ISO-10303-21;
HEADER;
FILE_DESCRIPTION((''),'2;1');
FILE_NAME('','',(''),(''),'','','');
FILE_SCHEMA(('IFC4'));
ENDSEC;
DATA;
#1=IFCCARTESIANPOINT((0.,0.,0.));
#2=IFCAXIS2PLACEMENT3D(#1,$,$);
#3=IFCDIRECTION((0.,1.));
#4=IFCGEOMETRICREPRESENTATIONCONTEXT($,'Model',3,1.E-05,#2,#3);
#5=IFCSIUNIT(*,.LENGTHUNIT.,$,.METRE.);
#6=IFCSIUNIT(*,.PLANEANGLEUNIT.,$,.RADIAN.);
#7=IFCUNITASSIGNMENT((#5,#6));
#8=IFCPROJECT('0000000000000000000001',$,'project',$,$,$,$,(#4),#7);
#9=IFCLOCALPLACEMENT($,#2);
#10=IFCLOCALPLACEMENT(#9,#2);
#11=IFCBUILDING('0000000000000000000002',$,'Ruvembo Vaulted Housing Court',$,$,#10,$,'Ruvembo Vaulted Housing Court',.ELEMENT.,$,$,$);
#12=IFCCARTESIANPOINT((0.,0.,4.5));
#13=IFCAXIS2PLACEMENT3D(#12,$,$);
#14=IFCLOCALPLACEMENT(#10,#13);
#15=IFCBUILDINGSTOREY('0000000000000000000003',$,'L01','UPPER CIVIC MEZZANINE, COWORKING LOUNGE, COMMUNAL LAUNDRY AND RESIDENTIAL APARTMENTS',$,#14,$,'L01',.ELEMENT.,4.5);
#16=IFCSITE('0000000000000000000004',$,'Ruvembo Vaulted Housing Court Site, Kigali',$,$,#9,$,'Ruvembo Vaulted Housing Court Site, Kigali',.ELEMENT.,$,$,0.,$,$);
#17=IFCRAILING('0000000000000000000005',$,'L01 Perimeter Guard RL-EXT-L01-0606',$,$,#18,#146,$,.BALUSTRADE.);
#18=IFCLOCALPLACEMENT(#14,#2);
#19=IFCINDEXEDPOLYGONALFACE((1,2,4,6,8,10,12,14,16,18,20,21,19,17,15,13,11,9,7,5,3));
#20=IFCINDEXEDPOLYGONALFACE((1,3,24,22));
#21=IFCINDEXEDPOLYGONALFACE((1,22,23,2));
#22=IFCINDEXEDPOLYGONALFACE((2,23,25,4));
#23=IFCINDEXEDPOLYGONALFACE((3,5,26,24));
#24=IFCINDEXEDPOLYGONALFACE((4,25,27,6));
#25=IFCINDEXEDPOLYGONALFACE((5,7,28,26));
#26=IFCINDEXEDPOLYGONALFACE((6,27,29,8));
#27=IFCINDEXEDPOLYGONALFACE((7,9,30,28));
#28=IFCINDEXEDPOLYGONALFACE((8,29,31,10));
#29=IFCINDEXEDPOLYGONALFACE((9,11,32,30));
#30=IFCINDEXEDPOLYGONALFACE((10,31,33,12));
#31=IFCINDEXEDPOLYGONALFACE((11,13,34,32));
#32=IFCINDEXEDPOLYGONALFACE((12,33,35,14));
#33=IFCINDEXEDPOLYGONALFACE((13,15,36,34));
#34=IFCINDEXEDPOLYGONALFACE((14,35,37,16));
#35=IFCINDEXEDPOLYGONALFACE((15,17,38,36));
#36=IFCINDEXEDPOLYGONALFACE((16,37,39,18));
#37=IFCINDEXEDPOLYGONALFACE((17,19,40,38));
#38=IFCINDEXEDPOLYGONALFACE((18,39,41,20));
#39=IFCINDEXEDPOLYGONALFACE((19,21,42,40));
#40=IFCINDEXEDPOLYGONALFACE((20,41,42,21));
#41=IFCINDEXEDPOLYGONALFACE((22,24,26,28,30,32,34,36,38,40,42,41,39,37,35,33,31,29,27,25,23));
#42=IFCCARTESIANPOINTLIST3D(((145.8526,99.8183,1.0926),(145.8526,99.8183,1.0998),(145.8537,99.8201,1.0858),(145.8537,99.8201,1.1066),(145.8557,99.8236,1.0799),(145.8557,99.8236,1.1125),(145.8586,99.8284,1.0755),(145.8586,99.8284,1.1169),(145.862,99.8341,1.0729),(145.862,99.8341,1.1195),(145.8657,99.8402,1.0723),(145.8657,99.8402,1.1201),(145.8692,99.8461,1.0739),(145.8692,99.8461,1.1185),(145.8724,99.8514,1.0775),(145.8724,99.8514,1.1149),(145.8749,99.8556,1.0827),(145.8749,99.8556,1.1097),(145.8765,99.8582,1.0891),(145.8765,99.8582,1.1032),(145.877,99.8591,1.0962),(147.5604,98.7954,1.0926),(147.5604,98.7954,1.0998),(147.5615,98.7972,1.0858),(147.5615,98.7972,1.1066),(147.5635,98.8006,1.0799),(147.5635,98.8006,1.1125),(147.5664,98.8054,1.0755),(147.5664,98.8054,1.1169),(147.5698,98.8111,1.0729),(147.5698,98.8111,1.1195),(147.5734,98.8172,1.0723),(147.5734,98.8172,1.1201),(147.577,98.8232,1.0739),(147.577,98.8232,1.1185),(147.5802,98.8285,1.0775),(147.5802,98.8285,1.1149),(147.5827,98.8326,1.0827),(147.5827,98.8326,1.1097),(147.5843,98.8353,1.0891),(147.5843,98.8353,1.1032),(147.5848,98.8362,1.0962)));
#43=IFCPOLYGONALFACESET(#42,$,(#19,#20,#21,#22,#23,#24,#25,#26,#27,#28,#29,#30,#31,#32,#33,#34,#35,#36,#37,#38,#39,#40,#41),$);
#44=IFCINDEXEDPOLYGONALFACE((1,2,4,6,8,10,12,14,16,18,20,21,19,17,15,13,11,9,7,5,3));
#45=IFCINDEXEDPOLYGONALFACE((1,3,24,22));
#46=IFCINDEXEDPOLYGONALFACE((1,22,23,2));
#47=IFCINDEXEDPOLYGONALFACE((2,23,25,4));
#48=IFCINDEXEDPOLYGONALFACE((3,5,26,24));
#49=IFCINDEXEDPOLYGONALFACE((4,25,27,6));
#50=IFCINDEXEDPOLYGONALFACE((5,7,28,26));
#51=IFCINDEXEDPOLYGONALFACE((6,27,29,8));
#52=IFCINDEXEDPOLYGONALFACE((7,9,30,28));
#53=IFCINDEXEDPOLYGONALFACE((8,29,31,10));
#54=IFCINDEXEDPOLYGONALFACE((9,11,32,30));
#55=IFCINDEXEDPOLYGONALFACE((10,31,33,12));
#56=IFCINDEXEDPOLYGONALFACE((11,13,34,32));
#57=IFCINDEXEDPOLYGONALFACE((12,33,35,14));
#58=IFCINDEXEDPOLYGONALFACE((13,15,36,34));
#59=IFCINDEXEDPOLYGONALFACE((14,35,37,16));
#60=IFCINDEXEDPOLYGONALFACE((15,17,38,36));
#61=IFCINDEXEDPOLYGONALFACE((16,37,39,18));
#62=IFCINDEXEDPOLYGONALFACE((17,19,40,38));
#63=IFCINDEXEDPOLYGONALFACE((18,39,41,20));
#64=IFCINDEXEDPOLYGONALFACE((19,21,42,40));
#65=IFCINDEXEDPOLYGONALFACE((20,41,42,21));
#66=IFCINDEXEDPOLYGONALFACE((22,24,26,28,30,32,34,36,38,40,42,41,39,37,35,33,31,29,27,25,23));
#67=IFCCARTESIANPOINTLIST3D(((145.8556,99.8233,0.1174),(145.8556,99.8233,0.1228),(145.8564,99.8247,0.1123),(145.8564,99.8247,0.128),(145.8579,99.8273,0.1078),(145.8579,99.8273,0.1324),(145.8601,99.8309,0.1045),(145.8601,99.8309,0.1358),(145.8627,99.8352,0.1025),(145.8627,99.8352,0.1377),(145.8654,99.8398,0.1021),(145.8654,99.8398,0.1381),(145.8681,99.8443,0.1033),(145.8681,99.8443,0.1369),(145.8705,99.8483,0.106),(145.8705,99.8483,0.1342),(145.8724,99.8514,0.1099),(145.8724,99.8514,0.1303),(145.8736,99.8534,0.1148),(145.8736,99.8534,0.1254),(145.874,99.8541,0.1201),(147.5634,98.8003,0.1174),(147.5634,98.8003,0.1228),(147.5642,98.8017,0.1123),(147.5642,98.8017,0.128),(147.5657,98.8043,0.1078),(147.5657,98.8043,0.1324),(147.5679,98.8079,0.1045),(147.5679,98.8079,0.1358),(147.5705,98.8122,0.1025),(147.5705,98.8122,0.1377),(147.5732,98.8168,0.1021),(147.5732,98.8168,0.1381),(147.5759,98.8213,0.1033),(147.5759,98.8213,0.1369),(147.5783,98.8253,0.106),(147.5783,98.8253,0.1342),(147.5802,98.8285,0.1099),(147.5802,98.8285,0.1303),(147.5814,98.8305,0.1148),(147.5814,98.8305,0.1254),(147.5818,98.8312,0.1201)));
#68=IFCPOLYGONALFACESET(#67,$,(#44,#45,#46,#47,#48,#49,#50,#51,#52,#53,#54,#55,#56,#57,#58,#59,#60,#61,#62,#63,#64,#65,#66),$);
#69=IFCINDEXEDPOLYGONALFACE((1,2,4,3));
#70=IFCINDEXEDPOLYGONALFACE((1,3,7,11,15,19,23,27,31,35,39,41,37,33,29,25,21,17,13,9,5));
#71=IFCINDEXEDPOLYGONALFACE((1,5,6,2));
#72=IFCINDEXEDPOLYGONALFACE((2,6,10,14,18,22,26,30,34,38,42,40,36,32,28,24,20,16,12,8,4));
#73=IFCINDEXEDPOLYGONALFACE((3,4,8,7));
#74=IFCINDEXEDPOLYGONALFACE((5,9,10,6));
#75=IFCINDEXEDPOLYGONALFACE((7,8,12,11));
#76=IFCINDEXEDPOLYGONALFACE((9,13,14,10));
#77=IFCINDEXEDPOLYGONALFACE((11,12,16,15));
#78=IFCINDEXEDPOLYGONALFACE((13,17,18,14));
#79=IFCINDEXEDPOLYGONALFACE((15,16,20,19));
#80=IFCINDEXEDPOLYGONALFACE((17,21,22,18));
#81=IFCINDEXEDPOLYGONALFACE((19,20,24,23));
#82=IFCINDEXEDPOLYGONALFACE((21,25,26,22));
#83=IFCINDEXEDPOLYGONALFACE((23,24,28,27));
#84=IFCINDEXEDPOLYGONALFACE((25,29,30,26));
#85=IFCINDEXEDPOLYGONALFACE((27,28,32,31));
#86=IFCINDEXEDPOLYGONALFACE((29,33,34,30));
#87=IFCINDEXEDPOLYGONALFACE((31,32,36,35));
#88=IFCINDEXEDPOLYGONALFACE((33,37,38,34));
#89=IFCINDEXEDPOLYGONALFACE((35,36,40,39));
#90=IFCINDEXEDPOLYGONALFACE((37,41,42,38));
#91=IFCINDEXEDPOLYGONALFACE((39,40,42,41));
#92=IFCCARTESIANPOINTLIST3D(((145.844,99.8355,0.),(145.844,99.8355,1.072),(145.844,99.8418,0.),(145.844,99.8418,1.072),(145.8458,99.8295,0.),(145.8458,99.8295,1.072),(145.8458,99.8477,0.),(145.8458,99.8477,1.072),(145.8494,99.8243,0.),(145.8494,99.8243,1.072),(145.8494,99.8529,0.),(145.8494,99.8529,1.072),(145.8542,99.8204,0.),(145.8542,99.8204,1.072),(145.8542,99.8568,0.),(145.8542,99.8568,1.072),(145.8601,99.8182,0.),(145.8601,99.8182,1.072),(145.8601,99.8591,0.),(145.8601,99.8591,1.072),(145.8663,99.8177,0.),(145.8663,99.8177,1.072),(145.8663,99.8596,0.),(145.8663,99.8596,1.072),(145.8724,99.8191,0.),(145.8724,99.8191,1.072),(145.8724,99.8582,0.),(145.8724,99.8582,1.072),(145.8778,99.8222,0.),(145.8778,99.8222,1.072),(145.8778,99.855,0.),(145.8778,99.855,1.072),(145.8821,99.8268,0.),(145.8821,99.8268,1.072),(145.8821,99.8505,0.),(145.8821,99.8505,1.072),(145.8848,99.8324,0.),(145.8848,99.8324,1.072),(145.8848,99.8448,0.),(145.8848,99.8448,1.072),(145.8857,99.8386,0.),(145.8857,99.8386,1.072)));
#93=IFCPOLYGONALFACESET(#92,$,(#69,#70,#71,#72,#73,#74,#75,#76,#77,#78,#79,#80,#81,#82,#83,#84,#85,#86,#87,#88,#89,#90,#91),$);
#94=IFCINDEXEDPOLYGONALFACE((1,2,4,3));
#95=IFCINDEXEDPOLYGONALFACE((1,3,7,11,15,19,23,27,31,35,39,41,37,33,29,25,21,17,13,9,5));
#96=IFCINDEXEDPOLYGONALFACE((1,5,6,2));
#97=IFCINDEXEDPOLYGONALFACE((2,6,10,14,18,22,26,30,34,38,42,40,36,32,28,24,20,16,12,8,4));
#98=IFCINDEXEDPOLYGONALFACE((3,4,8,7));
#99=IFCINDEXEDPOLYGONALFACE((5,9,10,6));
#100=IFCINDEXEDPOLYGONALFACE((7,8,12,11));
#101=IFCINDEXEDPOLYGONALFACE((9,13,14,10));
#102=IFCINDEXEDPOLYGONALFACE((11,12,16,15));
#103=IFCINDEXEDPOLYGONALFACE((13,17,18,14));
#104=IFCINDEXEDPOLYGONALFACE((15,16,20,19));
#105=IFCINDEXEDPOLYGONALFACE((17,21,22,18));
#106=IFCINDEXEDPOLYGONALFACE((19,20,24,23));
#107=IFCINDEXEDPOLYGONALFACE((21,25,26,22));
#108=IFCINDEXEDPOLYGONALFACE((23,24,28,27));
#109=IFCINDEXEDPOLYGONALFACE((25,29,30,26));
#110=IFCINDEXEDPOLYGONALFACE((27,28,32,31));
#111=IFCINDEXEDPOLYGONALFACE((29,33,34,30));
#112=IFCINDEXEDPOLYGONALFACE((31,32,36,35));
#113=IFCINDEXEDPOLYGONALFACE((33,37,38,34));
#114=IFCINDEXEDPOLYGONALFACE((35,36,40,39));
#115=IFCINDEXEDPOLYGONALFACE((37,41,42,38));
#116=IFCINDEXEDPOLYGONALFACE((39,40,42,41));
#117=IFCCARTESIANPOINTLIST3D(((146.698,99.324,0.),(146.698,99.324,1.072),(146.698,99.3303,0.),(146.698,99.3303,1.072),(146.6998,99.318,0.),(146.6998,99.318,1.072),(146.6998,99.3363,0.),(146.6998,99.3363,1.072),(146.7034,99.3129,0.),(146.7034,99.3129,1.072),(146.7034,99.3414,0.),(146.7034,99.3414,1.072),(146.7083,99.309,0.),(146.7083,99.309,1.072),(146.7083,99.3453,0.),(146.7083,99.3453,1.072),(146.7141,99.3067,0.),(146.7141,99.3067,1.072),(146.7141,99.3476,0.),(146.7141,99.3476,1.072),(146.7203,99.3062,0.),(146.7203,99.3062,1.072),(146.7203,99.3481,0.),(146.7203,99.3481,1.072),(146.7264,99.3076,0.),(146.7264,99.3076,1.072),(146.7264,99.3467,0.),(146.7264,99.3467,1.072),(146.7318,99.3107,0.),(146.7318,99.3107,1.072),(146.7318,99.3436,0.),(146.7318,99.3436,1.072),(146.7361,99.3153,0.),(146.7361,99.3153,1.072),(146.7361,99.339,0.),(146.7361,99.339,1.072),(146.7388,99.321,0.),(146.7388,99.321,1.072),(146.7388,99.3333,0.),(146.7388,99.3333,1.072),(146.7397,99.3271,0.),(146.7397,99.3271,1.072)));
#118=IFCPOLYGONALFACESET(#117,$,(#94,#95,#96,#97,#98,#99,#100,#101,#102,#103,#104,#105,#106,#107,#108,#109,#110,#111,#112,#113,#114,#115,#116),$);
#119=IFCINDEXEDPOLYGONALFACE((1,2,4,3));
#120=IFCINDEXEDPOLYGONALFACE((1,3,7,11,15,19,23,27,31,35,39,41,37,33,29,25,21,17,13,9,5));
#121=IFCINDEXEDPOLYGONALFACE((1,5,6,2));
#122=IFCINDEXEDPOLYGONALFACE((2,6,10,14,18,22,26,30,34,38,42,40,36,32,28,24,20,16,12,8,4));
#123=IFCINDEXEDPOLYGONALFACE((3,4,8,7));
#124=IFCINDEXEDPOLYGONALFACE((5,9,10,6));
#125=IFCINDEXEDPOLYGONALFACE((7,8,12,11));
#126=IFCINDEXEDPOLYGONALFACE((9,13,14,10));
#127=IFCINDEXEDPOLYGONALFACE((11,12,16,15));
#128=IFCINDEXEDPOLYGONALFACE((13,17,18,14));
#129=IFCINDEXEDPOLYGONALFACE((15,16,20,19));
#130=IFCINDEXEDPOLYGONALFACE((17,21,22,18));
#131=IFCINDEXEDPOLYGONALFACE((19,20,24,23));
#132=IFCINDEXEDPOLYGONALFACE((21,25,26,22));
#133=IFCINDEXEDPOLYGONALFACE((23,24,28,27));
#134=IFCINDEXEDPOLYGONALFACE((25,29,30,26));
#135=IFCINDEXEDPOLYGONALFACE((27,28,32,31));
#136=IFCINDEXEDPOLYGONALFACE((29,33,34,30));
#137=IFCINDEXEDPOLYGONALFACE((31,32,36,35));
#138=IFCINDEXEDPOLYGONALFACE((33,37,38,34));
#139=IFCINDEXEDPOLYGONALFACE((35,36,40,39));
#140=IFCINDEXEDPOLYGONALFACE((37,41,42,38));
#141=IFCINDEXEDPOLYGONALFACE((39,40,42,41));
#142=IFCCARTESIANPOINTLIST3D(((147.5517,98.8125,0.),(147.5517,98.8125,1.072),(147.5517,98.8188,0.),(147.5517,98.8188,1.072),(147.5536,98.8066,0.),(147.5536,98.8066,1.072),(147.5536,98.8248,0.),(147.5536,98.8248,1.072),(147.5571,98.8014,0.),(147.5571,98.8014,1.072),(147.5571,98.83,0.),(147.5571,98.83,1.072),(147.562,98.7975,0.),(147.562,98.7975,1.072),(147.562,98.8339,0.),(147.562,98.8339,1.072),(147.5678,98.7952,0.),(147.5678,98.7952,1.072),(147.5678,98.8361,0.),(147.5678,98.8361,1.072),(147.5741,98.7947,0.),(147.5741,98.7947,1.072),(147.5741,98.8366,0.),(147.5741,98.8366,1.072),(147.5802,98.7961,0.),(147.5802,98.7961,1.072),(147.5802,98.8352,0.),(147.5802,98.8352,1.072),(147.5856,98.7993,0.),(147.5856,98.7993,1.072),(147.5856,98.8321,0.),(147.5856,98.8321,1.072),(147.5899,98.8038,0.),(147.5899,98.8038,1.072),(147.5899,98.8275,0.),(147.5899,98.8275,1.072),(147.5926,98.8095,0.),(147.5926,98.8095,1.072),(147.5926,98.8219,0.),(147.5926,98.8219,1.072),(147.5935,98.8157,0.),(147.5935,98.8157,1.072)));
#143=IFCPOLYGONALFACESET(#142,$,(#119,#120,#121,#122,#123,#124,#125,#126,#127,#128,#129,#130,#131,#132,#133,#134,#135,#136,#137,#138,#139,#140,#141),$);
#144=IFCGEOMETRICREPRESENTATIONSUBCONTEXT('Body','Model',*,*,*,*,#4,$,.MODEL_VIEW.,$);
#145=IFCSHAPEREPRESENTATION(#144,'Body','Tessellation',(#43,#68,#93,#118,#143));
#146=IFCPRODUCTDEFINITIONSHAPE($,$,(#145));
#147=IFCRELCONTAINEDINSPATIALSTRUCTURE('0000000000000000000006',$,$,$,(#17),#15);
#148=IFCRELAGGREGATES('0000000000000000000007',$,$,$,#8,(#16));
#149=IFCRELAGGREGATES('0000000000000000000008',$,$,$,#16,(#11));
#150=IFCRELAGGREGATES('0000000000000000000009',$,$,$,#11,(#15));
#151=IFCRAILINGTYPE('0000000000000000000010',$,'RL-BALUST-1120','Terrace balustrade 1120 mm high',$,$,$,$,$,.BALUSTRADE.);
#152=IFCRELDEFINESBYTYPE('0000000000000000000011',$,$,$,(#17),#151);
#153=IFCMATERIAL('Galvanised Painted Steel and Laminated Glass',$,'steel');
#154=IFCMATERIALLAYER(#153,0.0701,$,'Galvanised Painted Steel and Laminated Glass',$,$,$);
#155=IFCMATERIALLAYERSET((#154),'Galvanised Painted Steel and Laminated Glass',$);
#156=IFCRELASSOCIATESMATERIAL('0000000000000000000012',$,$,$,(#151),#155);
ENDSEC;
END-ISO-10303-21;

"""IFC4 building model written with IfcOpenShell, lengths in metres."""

from ifc_helpers import new_model, si_unit, direction, frame, origin, origin_2d, place, context, subcontext, project, spatial, circle, extrude, material, layer, layer_set, type_object, element, save


model = new_model("IFC4")

# Units and contexts
model_context = context("Model", 3, precision=1e-05, world=origin(), true_north=direction((0.0, 1.0)))
body_context = subcontext(model_context, "Body", "Model", "MODEL_VIEW")
ifc_project = project(units=[si_unit("LENGTHUNIT", "METRE"), si_unit("PLANEANGLEUNIT", "RADIAN")], contexts=[model_context])

# Site, building, storey
site_placement = place(None, origin())
site = spatial("IfcSite", under=ifc_project, at=site_placement, Name="Ruvembo Vaulted Housing Court Site, Kigali", LongName="Ruvembo Vaulted Housing Court Site, Kigali", CompositionType="ELEMENT", RefElevation=0.0)
building_placement = place(site_placement, origin())
building = spatial("IfcBuilding", under=site, at=building_placement, Name="Ruvembo Vaulted Housing Court", LongName="Ruvembo Vaulted Housing Court", CompositionType="ELEMENT")
storey_placement = place(building_placement, frame((0.0, 0.0, 4.5)))
storey = spatial("IfcBuildingStorey", under=building, at=storey_placement, Name="L01", Description="UPPER CIVIC MEZZANINE, COWORKING LOUNGE, COMMUNAL LAUNDRY AND RESIDENTIAL APARTMENTS", LongName="L01", CompositionType="ELEMENT", Elevation=4.5)

# Railing
ifc_material_1 = material(Name="Galvanised Painted Steel and Laminated Glass", Category="steel")
ifc_layer_1 = layer(ifc_material_1, 0.0701, Name="Galvanised Painted Steel and Laminated Glass")
ifc_layer_set_1 = layer_set([ifc_layer_1], Name="Galvanised Painted Steel and Laminated Glass")
railing_type = type_object("IfcRailingType", Name="RL-BALUST-1120", Description="Terrace balustrade 1120 mm high", PredefinedType="BALUSTRADE", material=ifc_layer_set_1)
railing_1_placement = place(storey_placement, frame((145.8647, 99.8386, 0.0)))
element("IfcRailing", 1, at=railing_1_placement, inside=storey, type_object=railing_type, Name="L01 Perimeter Guard RL-EXT-L01-0606", PredefinedType="BALUSTRADE", context=body_context, shape_type="SweptSolid", body=[
    extrude(circle(Radius=0.0239, at=origin_2d()), frame((0.0, 0.0, 1.0962), z_axis=(0.857871, -0.513864, 0.0), x_axis=(0.513864, 0.857871, 0.0)), (0.0, 0.0, 1.0), 1.9907),
    extrude(circle(Radius=0.0181, at=origin_2d()), frame((0.0, 0.0, 0.1201), z_axis=(0.857871, -0.513864, 0.0), x_axis=(0.513864, 0.857871, 0.0)), (0.0, 0.0, 1.0), 1.9907),
    extrude(circle(Radius=0.021, at=origin_2d()), origin(), (0.0, 0.0, 1.0), 1.072),
    extrude(circle(Radius=0.021, at=origin_2d()), frame((0.854, -0.5115, 0.0)), (0.0, 0.0, 1.0), 1.072),
    extrude(circle(Radius=0.021, at=origin_2d()), frame((1.7078, -1.0229, 0.0)), (0.0, 0.0, 1.0), 1.072),
])

save(model, "model.ifc")
